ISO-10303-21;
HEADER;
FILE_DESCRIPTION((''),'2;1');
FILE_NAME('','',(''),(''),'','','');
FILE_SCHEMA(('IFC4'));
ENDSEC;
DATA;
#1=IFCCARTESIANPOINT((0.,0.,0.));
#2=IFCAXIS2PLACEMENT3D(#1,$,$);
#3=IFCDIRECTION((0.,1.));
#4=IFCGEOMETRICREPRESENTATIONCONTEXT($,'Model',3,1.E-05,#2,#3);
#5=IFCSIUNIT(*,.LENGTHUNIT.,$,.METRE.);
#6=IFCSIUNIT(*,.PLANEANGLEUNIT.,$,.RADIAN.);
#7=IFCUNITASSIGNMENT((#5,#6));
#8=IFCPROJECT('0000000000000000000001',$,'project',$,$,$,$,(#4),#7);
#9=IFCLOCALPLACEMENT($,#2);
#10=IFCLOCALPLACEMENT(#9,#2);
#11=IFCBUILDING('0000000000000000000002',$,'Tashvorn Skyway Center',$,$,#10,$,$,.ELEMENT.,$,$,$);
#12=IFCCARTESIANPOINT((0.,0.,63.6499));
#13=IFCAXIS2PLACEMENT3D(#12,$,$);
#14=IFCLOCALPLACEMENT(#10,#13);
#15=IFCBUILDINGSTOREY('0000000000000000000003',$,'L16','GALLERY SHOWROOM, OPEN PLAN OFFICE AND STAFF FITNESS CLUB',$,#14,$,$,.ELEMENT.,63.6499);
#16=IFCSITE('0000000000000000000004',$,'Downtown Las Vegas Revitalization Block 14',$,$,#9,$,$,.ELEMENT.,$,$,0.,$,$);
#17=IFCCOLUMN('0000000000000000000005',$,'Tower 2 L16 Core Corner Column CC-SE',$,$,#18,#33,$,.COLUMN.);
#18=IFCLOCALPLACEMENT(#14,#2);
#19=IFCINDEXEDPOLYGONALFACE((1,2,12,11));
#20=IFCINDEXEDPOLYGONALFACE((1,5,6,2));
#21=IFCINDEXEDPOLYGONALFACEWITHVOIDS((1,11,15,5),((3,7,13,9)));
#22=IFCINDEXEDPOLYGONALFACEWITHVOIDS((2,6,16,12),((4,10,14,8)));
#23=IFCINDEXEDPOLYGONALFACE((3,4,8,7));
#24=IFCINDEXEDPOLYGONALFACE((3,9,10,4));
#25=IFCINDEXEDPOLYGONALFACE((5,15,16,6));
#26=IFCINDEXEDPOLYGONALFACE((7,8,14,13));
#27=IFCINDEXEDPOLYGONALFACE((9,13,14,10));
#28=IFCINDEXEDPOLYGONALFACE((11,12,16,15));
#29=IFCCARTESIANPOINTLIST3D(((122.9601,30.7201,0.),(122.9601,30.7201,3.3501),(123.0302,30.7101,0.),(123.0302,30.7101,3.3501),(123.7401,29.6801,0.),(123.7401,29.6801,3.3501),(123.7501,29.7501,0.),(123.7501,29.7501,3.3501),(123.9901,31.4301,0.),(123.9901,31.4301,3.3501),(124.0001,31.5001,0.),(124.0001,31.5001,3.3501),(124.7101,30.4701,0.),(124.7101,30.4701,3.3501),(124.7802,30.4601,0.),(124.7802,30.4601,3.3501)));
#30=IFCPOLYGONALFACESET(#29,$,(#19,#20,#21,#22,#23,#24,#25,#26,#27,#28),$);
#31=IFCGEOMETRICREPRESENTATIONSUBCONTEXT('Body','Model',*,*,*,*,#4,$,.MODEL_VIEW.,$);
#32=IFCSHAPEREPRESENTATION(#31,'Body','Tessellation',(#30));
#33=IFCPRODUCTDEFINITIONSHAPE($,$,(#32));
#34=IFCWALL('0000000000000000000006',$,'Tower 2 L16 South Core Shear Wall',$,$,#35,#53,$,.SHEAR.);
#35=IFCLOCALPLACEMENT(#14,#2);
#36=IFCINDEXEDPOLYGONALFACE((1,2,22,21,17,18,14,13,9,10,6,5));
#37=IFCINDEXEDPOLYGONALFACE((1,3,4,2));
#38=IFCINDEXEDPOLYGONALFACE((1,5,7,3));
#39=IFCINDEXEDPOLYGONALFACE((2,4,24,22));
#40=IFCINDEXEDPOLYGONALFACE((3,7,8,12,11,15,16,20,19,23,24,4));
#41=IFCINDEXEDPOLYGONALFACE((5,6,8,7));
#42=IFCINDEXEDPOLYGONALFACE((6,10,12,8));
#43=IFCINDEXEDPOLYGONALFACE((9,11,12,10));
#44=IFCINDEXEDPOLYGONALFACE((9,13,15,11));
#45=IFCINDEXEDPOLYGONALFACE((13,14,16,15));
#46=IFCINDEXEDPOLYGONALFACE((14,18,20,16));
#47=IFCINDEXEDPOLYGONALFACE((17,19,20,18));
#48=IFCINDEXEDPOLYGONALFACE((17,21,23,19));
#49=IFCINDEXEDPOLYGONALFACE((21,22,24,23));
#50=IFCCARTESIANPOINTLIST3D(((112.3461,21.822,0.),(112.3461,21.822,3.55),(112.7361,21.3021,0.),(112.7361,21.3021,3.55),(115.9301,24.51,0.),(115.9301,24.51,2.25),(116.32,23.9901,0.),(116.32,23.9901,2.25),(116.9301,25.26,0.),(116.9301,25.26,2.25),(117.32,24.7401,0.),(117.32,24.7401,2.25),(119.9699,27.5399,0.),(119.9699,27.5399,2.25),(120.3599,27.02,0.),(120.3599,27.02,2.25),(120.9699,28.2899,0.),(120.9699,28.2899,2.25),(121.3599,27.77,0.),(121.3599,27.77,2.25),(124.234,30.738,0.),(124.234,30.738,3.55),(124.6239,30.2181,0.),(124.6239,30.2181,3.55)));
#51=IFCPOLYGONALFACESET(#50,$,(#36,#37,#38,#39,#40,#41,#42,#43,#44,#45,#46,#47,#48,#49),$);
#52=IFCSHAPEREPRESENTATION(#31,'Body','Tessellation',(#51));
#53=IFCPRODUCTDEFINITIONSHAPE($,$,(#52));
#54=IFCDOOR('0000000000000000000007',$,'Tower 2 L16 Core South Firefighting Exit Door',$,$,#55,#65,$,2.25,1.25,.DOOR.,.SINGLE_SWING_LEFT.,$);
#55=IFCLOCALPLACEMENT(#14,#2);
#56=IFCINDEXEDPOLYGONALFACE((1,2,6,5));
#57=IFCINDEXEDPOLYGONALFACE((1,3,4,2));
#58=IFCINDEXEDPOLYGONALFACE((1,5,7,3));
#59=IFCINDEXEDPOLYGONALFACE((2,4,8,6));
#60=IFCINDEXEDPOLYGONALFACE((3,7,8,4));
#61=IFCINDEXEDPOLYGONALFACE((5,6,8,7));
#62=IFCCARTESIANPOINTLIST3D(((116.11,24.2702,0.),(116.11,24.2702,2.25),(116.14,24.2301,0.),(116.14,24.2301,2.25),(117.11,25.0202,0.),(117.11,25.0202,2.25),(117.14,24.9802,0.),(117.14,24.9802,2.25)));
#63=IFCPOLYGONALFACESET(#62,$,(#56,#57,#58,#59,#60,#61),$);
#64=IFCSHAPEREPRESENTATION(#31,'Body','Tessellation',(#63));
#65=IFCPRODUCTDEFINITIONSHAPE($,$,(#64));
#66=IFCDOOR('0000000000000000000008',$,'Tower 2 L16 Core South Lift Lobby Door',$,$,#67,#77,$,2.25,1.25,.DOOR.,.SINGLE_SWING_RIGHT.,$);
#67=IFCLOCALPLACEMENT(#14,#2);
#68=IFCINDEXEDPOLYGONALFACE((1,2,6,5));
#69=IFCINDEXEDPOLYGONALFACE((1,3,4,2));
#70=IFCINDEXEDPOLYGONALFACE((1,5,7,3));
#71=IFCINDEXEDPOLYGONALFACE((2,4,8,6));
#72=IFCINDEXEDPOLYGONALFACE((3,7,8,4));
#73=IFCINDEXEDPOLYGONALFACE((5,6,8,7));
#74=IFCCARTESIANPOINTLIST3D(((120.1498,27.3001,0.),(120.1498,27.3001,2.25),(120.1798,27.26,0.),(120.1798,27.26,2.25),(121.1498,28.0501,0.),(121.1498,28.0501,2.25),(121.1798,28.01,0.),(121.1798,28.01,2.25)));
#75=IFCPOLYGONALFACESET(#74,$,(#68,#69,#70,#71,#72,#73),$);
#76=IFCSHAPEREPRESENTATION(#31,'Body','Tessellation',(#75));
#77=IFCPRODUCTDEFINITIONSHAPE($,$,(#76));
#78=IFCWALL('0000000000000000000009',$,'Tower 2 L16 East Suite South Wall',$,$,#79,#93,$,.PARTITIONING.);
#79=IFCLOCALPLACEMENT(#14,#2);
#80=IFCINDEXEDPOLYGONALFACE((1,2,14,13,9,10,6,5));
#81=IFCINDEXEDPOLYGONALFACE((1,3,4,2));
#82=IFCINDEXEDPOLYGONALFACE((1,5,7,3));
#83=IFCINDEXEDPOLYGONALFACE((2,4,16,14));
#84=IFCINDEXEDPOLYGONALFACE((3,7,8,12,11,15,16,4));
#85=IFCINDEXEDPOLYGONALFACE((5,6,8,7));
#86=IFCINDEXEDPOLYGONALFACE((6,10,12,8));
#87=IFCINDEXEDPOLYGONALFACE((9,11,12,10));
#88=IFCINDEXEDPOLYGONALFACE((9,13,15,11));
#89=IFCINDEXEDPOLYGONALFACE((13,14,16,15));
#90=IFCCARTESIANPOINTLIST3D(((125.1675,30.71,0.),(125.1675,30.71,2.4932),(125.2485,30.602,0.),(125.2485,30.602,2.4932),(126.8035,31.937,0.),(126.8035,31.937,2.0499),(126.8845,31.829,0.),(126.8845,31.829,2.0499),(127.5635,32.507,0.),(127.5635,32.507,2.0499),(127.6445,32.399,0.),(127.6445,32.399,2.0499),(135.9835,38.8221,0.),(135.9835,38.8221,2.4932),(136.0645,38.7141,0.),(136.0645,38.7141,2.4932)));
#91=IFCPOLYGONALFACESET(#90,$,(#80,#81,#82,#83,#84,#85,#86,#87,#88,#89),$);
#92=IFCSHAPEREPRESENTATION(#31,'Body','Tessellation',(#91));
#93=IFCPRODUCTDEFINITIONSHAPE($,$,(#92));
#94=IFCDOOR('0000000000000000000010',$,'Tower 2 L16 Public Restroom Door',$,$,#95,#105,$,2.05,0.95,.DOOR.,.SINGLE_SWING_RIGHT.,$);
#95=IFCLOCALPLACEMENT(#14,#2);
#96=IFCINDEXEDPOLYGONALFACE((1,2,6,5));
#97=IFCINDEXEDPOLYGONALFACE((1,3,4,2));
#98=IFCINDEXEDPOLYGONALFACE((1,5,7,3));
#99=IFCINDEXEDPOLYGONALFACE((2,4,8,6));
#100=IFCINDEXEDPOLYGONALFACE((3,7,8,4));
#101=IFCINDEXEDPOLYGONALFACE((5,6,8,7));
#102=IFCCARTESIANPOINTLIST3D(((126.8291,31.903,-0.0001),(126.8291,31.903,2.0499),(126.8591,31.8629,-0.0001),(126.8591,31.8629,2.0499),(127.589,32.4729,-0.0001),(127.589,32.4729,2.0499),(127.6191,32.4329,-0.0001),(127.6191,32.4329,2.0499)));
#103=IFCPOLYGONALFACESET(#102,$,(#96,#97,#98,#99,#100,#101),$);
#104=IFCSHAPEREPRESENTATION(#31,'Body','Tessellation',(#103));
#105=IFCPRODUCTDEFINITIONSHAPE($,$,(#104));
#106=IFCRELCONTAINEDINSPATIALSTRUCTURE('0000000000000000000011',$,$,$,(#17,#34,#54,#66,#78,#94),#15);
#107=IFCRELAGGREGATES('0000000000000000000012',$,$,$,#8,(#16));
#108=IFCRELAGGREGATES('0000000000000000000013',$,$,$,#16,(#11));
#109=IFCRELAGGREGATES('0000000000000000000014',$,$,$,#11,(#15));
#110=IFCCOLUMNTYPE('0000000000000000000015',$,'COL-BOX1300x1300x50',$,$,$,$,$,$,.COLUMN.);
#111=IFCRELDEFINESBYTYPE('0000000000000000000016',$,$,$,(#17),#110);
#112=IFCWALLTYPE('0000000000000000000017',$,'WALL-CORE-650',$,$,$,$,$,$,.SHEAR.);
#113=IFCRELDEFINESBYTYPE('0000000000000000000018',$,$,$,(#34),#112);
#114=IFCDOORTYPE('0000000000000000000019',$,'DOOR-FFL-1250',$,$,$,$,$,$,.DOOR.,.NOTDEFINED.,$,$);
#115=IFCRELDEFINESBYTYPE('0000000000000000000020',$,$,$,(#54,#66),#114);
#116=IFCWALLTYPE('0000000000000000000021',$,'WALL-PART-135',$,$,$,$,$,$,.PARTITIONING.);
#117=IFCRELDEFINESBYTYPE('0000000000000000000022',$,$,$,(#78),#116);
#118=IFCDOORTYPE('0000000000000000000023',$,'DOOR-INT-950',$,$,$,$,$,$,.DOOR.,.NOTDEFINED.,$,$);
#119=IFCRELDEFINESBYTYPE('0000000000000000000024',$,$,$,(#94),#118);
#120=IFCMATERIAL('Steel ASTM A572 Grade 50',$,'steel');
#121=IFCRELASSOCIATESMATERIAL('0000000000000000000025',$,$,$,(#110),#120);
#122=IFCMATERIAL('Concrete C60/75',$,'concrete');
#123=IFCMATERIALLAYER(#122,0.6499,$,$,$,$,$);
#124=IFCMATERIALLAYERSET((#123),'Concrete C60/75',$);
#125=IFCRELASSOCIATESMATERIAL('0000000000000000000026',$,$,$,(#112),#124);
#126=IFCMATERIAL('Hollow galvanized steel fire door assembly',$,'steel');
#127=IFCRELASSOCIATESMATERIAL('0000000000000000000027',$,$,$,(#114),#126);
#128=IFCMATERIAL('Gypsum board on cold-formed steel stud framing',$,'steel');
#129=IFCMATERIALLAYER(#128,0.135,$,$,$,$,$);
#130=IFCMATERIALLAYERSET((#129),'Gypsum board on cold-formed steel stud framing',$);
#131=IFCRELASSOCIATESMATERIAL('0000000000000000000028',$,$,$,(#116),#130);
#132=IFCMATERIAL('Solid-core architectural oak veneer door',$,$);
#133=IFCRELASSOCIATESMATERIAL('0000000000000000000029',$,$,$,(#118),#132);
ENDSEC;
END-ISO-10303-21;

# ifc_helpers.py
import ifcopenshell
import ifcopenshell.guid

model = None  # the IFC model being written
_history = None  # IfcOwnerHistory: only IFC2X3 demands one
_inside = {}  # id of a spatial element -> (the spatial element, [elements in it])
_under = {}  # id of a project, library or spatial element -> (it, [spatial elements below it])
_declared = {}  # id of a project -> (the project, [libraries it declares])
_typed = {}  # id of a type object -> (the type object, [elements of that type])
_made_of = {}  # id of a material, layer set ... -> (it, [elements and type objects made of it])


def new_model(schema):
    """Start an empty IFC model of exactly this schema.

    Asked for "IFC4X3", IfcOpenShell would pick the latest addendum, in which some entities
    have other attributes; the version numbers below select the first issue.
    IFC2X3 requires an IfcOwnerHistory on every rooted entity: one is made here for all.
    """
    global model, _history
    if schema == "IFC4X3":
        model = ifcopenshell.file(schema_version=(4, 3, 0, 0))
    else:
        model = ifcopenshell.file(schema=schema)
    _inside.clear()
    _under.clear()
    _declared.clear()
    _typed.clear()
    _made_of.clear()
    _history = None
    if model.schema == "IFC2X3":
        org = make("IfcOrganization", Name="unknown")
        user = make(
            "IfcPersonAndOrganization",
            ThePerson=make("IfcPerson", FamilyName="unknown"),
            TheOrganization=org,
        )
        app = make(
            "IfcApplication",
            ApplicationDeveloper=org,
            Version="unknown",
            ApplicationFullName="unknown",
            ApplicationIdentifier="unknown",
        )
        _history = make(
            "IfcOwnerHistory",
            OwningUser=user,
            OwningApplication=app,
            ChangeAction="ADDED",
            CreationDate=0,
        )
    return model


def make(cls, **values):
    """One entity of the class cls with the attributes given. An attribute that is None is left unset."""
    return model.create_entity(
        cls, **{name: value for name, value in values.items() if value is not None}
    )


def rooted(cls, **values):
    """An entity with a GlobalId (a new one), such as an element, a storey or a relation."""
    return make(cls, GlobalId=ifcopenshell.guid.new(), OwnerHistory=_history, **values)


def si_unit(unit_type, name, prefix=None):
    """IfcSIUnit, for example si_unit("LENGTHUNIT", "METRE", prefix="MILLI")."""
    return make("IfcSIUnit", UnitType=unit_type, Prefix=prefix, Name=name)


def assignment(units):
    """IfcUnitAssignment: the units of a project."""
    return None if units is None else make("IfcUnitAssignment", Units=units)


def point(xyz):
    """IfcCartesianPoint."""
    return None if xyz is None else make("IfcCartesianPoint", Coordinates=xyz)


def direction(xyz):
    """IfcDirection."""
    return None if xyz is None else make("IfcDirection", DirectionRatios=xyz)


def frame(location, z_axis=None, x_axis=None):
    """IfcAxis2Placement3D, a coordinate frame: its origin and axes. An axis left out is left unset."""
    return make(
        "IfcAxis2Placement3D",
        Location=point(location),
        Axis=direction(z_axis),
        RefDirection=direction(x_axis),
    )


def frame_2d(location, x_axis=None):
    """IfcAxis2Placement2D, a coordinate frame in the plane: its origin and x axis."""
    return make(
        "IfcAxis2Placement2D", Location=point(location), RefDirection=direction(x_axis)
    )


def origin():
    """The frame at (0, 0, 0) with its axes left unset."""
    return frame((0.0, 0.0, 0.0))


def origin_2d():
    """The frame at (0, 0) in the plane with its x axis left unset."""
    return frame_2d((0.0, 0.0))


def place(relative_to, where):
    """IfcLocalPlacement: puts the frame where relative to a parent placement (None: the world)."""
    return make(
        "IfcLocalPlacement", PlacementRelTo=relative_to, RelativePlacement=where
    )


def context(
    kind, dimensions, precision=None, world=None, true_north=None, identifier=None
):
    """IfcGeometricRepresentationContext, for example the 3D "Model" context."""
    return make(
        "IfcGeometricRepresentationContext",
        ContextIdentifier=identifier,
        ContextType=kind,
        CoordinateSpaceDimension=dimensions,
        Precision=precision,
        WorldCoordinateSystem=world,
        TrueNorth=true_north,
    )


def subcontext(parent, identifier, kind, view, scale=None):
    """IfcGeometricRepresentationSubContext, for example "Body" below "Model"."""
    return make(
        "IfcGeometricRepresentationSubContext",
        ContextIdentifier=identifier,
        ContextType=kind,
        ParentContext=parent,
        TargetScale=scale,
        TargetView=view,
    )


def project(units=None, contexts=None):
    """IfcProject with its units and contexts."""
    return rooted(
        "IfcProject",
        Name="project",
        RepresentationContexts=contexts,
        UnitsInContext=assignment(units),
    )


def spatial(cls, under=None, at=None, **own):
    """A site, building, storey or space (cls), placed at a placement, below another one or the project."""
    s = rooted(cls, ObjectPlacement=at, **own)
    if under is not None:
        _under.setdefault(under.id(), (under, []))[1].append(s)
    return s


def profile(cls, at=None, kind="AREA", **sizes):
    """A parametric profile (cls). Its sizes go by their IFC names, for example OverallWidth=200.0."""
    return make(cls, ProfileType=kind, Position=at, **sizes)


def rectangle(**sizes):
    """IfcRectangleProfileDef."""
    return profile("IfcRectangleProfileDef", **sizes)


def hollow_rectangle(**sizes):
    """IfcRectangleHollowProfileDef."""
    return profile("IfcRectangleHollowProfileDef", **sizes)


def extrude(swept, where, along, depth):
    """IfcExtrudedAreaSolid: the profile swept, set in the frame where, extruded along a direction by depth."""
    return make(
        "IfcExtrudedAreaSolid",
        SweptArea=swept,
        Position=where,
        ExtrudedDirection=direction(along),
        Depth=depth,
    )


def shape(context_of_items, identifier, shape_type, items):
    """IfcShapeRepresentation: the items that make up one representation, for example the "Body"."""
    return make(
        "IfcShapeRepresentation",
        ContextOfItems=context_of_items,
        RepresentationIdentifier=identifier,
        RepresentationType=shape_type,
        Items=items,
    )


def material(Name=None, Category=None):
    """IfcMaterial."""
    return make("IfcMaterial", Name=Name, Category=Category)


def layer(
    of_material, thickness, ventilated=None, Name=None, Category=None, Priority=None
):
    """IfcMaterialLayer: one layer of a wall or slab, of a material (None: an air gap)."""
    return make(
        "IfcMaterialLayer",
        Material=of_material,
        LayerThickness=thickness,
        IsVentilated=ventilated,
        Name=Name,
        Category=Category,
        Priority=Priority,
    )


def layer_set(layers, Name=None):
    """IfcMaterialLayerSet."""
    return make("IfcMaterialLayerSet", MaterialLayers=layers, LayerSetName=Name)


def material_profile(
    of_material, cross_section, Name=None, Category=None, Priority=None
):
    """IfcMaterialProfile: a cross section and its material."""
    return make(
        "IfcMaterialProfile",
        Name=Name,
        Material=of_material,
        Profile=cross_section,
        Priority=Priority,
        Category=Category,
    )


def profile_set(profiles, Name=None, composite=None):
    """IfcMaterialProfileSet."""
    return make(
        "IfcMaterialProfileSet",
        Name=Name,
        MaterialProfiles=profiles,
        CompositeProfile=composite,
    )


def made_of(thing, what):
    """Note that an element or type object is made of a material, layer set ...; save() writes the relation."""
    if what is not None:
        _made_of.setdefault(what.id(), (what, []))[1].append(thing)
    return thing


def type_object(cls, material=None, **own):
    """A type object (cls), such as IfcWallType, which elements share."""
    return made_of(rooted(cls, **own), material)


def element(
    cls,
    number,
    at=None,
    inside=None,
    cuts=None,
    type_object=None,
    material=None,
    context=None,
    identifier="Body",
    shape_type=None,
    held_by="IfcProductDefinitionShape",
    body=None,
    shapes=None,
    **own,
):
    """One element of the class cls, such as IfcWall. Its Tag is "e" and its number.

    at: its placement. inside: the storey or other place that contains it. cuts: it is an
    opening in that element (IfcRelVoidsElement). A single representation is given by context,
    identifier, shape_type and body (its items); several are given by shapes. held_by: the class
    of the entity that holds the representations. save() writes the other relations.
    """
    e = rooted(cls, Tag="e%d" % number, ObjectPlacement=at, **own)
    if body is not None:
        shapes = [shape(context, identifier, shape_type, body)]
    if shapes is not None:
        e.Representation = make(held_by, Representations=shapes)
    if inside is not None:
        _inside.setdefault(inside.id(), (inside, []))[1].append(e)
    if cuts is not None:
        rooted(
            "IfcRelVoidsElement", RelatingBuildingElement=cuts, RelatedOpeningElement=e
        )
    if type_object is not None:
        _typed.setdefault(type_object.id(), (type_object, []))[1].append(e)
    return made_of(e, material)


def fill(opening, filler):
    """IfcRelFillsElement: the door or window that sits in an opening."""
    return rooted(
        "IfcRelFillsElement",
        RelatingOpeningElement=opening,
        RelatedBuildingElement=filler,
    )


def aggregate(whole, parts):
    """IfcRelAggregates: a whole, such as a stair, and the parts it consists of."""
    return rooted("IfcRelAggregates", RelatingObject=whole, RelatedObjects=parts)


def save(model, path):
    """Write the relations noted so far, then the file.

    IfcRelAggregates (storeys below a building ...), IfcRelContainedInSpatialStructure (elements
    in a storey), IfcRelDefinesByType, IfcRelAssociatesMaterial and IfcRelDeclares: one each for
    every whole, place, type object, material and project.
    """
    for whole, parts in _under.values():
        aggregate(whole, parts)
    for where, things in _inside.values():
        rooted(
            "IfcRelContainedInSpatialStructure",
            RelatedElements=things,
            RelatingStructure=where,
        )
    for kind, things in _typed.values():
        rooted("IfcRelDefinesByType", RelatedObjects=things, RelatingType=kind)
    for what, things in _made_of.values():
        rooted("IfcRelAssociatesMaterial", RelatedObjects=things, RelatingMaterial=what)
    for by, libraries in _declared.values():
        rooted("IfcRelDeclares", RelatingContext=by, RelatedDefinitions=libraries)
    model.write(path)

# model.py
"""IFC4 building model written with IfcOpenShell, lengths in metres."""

from ifc_helpers import new_model, si_unit, direction, frame, frame_2d, origin, origin_2d, place, context, subcontext, project, spatial, rectangle, hollow_rectangle, extrude, material, layer, layer_set, material_profile, profile_set, type_object, element, fill, save


model = new_model("IFC4")

# Units and contexts
model_context = context("Model", 3, precision=1e-05, world=origin(), true_north=direction((0.0, 1.0)))
body_context = subcontext(model_context, "Body", "Model", "MODEL_VIEW")
ifc_project = project(units=[si_unit("LENGTHUNIT", "METRE"), si_unit("PLANEANGLEUNIT", "RADIAN")], contexts=[model_context])

# Site, building, storey
site_placement = place(None, origin())
site = spatial("IfcSite", under=ifc_project, at=site_placement, Name="Downtown Las Vegas Revitalization Block 14", CompositionType="ELEMENT", RefElevation=0.0)
building_placement = place(site_placement, origin())
building = spatial("IfcBuilding", under=site, at=building_placement, Name="Tashvorn Skyway Center", CompositionType="ELEMENT")
storey_placement = place(building_placement, frame((0.0, 0.0, 63.6499)))
storey = spatial("IfcBuildingStorey", under=building, at=storey_placement, Name="L16", Description="GALLERY SHOWROOM, OPEN PLAN OFFICE AND STAFF FITNESS CLUB", CompositionType="ELEMENT", Elevation=63.6499)

# Column
ifc_material_1 = material(Name="Steel ASTM A572 Grade 50", Category="steel")
ifc_material_profile = material_profile(ifc_material_1, hollow_rectangle(XDim=1.3, YDim=1.3, WallThickness=0.05, at=origin_2d()), Name="BOX1300x1300x50")
ifc_profile_set = profile_set([ifc_material_profile], Name="Steel ASTM A572 Grade 50")
column_type = type_object("IfcColumnType", Name="COL-BOX1300x1300x50", PredefinedType="COLUMN", material=ifc_profile_set)
column_placement = place(storey_placement, frame((123.8701, 30.5901, 0.0), z_axis=(0.0, 0.0, 1.0), x_axis=(0.8, 0.6, 0.0)))
element("IfcColumn", 1, at=column_placement, inside=storey, type_object=column_type, Name="Tower 2 L16 Core Corner Column CC-SE", PredefinedType="COLUMN", context=body_context, shape_type="SweptSolid", body=[
    extrude(hollow_rectangle(XDim=1.3, YDim=1.3, WallThickness=0.05, at=origin_2d()), origin(), (0.0, 0.0, 1.0), 3.3501),
])

# Wall, openings, doors
ifc_material_2 = material(Name="Concrete C60/75", Category="concrete")
ifc_layer_1 = layer(ifc_material_2, 0.6499)
ifc_layer_set_1 = layer_set([ifc_layer_1], Name="Concrete C60/75")
wall_type_1 = type_object("IfcWallType", Name="WALL-CORE-650", PredefinedType="SHEAR", material=ifc_layer_set_1)
wall_1_placement = place(storey_placement, frame((124.429, 30.478, 0.0), z_axis=(0.0, 0.0, 1.0), x_axis=(-0.799998, -0.600003, 0.0)))
wall_1 = element("IfcWall", 2, at=wall_1_placement, inside=storey, type_object=wall_type_1, Name="Tower 2 L16 South Core Shear Wall", PredefinedType="SHEAR", context=body_context, shape_type="SweptSolid", body=[
    extrude(rectangle(XDim=14.8599, YDim=0.6499, at=frame_2d((7.4299, 0.0))), origin(), (0.0, 0.0, 1.0), 3.55),
])
opening_1_placement = place(wall_1_placement, frame((9.1299, 0.0, 0.0)))
opening_1 = element("IfcOpeningElement", 3, at=opening_1_placement, cuts=wall_1, PredefinedType="OPENING", context=body_context, shape_type="SweptSolid", body=[
    extrude(rectangle(XDim=1.25, YDim=2.25, at=frame_2d((0.625, 1.125))), frame((0.0, 0.335, 0.0), z_axis=(0.0, -1.0, 0.0), x_axis=(1.0, 0.0, 0.0)), (0.0, 0.0, 1.0), 0.6699),
])
opening_2_placement = place(wall_1_placement, frame((4.0801, 0.0, 0.0)))
opening_2 = element("IfcOpeningElement", 4, at=opening_2_placement, cuts=wall_1, PredefinedType="OPENING", context=body_context, shape_type="SweptSolid", body=[
    extrude(rectangle(XDim=1.25, YDim=2.25, at=frame_2d((0.625, 1.125))), frame((0.0, 0.335, 0.0), z_axis=(0.0, -1.0, 0.0), x_axis=(1.0, 0.0, 0.0)), (0.0, 0.0, 1.0), 0.6699),
])
ifc_material_3 = material(Name="Hollow galvanized steel fire door assembly", Category="steel")
door_type_1 = type_object("IfcDoorType", Name="DOOR-FFL-1250", OperationType="NOTDEFINED", PredefinedType="DOOR", material=ifc_material_3)
door_1_placement = place(opening_1_placement, origin())
door_1 = element("IfcDoor", 5, at=door_1_placement, inside=storey, type_object=door_type_1, Name="Tower 2 L16 Core South Firefighting Exit Door", OperationType="SINGLE_SWING_LEFT", OverallHeight=2.25, OverallWidth=1.25, PredefinedType="DOOR", context=body_context, shape_type="SweptSolid", body=[
    extrude(rectangle(XDim=1.25, YDim=2.25, at=frame_2d((0.625, 1.125))), frame((0.0, 0.0249, 0.0), z_axis=(0.0, -1.0, 0.0), x_axis=(1.0, 0.0, 0.0)), (0.0, 0.0, 1.0), 0.05),
])
fill(opening_1, door_1)
door_2_placement = place(opening_2_placement, origin())
door_2 = element("IfcDoor", 6, at=door_2_placement, inside=storey, type_object=door_type_1, Name="Tower 2 L16 Core South Lift Lobby Door", OperationType="SINGLE_SWING_RIGHT", OverallHeight=2.25, OverallWidth=1.25, PredefinedType="DOOR", context=body_context, shape_type="SweptSolid", body=[
    extrude(rectangle(XDim=1.25, YDim=2.25, at=frame_2d((0.625, 1.125))), frame((0.0, 0.0249, 0.0), z_axis=(0.0, -1.0, 0.0), x_axis=(1.0, 0.0, 0.0)), (0.0, 0.0, 1.0), 0.05),
])
fill(opening_2, door_2)

# Wall, opening, door
ifc_material_4 = material(Name="Gypsum board on cold-formed steel stud framing", Category="steel")
ifc_layer_2 = layer(ifc_material_4, 0.135)
ifc_layer_set_2 = layer_set([ifc_layer_2], Name="Gypsum board on cold-formed steel stud framing")
wall_type_2 = type_object("IfcWallType", Name="WALL-PART-135", PredefinedType="PARTITIONING", material=ifc_layer_set_2)
wall_2_placement = place(storey_placement, frame((125.208, 30.656, 0.0), z_axis=(0.0, 0.0, 1.0), x_axis=(0.799996, 0.600006, 0.0)))
wall_2 = element("IfcWall", 7, at=wall_2_placement, inside=storey, type_object=wall_type_2, Name="Tower 2 L16 East Suite South Wall", PredefinedType="PARTITIONING", context=body_context, shape_type="SweptSolid", body=[
    extrude(rectangle(XDim=13.52, YDim=0.135, at=frame_2d((6.76, 0.0))), origin(), (0.0, 0.0, 1.0), 2.4932),
])
opening_3_placement = place(wall_2_placement, frame((2.0449, 0.0, 0.0)))
opening_3 = element("IfcOpeningElement", 8, at=opening_3_placement, cuts=wall_2, PredefinedType="OPENING", context=body_context, shape_type="SweptSolid", body=[
    extrude(rectangle(XDim=0.95, YDim=2.05, at=frame_2d((0.4751, 1.0249))), frame((0.0, 0.0774, 0.0), z_axis=(0.0, -1.0, 0.0), x_axis=(1.0, 0.0, 0.0)), (0.0, 0.0, 1.0), 0.155),
])
ifc_material_5 = material(Name="Solid-core architectural oak veneer door")
door_type_2 = type_object("IfcDoorType", Name="DOOR-INT-950", OperationType="NOTDEFINED", PredefinedType="DOOR", material=ifc_material_5)
door_3_placement = place(opening_3_placement, origin())
door_3 = element("IfcDoor", 9, at=door_3_placement, inside=storey, type_object=door_type_2, Name="Tower 2 L16 Public Restroom Door", OperationType="SINGLE_SWING_RIGHT", OverallHeight=2.05, OverallWidth=0.95, PredefinedType="DOOR", context=body_context, shape_type="SweptSolid", body=[
    extrude(rectangle(XDim=0.95, YDim=2.05, at=frame_2d((0.4751, 1.0249))), frame((0.0, 0.0249, 0.0), z_axis=(0.0, -1.0, 0.0), x_axis=(1.0, 0.0, 0.0)), (0.0, 0.0, 1.0), 0.05),
])
fill(opening_3, door_3)

save(model, "model.ifc")
